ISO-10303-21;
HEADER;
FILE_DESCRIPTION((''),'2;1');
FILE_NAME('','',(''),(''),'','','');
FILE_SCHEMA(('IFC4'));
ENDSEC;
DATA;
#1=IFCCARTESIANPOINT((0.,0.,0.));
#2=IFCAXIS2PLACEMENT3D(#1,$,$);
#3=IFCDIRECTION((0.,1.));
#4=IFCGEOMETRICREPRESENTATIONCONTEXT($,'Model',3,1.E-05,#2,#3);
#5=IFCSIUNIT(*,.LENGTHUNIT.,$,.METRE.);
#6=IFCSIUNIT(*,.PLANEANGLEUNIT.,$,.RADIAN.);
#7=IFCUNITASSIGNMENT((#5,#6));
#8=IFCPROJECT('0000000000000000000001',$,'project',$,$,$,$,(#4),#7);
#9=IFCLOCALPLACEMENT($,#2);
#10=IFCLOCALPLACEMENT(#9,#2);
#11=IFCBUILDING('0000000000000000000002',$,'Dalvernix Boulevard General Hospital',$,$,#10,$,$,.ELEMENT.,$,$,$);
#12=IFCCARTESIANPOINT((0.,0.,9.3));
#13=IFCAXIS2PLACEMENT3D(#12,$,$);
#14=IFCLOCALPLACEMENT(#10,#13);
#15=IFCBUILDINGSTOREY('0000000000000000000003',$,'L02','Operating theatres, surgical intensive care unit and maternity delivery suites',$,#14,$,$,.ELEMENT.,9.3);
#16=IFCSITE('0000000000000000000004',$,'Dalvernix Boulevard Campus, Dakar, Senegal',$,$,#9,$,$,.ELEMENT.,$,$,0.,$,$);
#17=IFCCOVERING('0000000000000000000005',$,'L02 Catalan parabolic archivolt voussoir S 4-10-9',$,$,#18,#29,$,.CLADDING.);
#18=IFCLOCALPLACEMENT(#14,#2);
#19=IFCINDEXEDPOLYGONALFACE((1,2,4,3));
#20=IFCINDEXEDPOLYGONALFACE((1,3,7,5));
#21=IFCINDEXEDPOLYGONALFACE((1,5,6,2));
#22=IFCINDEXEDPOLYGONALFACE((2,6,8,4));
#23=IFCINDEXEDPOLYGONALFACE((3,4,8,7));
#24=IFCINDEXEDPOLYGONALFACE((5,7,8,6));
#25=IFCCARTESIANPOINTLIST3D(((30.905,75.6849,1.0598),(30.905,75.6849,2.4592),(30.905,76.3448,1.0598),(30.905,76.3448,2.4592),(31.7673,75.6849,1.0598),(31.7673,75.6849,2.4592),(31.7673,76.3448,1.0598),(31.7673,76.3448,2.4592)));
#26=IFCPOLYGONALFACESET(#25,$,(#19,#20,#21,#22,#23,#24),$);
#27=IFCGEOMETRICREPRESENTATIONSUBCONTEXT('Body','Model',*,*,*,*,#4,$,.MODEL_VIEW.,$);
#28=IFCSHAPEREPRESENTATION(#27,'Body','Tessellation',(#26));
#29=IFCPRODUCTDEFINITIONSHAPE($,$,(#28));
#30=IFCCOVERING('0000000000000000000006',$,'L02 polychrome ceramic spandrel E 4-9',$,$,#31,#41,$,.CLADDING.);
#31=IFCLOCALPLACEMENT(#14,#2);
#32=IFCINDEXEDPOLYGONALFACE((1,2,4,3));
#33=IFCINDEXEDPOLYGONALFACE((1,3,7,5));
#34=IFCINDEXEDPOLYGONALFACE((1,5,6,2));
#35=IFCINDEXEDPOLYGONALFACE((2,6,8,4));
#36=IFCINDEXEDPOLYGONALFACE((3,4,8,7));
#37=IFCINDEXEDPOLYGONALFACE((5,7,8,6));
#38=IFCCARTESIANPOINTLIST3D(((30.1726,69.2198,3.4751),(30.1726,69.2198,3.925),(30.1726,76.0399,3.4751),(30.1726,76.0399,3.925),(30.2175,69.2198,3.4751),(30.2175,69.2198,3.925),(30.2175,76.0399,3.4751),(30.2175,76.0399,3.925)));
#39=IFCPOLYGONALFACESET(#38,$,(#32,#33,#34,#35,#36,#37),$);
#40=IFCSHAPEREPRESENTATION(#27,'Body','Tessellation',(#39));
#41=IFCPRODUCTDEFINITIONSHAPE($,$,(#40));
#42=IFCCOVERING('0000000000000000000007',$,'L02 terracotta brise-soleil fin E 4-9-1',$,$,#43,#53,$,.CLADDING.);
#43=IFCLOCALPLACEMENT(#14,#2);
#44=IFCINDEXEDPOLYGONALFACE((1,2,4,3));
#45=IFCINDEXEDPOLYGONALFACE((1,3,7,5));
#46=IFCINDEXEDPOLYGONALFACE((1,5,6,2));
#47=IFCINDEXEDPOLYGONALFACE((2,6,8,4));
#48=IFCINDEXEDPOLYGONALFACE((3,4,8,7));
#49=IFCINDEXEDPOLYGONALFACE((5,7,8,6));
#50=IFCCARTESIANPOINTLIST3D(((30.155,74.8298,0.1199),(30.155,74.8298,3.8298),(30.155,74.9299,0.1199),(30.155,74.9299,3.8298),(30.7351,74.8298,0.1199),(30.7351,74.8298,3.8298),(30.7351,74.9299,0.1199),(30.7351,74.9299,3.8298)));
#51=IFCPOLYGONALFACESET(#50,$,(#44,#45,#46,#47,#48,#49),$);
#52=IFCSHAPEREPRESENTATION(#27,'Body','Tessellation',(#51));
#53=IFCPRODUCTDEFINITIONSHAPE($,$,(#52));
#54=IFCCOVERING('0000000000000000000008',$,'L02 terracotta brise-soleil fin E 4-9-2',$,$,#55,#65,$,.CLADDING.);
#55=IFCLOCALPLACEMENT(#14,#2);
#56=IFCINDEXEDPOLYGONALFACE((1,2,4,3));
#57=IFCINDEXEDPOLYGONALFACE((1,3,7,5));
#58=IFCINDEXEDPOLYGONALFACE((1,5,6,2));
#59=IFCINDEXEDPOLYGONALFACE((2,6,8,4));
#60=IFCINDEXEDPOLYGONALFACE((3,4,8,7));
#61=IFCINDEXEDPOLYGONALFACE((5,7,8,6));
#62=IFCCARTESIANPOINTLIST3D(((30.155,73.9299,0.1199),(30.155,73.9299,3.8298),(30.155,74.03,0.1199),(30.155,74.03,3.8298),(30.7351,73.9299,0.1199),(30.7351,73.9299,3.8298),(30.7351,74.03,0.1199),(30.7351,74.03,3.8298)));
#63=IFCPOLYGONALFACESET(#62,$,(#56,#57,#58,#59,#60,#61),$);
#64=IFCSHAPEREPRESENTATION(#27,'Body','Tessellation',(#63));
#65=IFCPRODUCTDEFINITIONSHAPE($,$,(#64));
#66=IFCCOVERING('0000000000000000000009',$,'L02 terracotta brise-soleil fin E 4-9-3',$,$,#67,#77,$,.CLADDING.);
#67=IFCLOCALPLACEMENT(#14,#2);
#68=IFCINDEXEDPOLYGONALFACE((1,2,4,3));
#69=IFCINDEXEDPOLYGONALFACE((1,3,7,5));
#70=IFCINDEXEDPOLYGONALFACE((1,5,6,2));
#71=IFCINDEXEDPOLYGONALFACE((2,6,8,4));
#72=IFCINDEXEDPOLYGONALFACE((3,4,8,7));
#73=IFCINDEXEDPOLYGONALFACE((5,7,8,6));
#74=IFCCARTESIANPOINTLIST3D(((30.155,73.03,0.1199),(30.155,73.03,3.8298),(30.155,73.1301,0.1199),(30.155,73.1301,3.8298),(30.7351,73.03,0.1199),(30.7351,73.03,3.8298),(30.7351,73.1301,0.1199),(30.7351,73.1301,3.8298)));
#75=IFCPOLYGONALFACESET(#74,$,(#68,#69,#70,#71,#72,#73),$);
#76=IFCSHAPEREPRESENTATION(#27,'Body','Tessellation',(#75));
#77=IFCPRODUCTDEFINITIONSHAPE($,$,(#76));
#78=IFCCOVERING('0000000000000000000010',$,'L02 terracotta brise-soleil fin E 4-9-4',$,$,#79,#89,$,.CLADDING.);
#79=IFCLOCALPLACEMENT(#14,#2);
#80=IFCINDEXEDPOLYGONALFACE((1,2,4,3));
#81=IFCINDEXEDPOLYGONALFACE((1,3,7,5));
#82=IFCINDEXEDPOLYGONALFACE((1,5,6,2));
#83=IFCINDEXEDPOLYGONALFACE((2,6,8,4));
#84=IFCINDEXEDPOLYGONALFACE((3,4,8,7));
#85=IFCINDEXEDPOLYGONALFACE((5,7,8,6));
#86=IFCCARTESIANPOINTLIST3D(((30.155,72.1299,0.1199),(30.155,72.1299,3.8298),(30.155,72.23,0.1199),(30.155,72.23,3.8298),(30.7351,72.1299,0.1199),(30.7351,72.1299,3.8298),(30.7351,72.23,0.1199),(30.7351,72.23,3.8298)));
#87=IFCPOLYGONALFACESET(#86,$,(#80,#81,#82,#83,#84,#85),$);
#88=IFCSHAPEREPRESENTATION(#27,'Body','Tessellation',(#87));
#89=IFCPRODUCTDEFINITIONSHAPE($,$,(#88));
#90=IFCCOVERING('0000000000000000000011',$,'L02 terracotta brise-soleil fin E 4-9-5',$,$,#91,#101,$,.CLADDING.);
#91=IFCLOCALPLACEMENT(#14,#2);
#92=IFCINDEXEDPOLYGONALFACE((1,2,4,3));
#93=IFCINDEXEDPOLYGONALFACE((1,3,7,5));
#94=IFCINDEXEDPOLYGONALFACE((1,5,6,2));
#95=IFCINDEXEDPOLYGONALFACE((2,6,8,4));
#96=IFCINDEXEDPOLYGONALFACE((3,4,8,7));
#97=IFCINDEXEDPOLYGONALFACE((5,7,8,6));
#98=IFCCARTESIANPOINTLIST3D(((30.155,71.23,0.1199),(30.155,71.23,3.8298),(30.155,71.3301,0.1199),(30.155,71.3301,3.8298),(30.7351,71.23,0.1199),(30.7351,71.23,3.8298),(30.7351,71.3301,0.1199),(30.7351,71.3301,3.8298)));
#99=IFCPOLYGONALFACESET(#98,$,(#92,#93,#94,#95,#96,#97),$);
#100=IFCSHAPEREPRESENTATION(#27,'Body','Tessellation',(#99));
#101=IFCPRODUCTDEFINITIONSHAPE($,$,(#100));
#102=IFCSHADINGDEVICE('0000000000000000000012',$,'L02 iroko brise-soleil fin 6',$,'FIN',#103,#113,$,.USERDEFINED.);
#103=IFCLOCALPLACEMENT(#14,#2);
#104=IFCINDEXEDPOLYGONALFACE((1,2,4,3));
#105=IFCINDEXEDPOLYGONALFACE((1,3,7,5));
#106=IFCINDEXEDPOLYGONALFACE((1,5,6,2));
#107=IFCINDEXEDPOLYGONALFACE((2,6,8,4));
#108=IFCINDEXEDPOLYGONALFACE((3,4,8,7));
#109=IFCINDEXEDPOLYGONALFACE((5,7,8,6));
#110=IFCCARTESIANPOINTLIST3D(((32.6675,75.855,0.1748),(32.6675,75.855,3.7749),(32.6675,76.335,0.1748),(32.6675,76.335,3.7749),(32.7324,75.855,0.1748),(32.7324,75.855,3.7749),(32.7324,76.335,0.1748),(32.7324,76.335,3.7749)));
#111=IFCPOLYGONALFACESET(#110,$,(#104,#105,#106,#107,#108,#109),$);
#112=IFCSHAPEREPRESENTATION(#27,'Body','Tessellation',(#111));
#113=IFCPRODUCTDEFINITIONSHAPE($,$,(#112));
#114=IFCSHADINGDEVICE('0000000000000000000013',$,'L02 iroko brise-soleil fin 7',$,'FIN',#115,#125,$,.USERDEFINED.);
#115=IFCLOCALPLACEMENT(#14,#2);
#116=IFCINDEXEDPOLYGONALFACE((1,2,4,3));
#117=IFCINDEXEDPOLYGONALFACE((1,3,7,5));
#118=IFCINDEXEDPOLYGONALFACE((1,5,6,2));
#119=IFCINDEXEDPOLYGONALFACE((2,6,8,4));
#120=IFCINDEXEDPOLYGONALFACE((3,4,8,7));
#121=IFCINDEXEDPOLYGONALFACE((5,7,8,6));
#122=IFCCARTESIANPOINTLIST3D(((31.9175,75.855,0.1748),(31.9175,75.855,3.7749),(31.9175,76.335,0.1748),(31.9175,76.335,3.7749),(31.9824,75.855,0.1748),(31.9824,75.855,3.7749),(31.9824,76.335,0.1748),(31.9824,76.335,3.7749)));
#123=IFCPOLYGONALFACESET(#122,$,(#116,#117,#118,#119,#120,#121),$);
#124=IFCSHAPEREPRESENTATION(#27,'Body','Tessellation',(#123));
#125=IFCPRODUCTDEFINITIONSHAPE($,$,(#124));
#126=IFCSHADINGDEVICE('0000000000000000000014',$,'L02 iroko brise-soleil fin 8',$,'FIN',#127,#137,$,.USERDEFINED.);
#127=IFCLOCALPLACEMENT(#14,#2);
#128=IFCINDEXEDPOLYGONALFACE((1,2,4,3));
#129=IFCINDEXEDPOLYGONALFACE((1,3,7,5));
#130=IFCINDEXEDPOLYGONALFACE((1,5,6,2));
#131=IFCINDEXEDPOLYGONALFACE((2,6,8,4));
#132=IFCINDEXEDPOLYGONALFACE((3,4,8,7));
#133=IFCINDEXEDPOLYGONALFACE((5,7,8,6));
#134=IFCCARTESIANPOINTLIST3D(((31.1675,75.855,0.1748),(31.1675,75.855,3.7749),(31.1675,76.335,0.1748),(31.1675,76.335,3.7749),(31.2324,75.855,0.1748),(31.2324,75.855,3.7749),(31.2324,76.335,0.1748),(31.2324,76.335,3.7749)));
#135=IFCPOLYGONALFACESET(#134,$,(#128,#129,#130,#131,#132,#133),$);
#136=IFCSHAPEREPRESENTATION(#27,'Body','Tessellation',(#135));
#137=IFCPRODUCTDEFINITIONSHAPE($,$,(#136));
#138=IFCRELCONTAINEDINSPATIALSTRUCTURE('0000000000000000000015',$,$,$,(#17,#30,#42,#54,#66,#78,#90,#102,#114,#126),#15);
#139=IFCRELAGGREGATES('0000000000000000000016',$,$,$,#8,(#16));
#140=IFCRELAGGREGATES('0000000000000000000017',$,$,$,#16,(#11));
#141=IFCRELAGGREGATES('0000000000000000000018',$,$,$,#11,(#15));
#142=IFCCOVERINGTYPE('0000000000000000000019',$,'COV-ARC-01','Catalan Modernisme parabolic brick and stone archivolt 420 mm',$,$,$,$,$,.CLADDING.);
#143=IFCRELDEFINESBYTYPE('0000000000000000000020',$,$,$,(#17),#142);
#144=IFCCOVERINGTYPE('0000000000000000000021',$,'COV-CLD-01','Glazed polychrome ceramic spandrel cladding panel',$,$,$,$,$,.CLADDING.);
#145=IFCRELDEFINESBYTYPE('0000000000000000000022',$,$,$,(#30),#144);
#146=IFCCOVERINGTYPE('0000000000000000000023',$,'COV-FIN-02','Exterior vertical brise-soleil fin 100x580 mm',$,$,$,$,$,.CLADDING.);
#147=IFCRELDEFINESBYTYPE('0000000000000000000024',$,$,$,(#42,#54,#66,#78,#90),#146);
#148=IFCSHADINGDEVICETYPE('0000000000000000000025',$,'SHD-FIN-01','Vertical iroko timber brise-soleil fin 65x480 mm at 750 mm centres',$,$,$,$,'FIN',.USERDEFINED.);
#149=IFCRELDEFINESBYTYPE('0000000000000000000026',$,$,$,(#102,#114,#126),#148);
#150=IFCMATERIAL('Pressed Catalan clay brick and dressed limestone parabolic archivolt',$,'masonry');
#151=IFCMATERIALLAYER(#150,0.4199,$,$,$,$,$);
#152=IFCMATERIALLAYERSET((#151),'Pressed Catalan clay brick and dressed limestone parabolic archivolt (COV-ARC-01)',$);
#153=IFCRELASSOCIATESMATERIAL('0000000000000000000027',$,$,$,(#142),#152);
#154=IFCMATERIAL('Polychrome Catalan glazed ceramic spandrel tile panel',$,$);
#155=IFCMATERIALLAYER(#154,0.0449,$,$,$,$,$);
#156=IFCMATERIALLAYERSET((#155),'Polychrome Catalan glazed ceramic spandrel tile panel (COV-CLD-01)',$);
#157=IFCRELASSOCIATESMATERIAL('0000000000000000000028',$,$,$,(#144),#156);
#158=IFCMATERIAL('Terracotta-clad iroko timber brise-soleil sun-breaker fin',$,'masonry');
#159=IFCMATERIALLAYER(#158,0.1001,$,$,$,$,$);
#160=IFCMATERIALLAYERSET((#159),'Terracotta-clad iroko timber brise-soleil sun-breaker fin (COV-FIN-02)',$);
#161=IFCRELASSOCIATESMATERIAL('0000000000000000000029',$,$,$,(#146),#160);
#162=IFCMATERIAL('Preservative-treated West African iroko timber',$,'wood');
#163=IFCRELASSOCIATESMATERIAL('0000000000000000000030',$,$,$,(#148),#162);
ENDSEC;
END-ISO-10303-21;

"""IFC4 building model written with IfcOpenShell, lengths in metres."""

from ifc_helpers import new_model, si_unit, direction, frame, origin, origin_2d, place, context, subcontext, project, spatial, rectangle, extrude, material, layer, layer_set, type_object, element, save


model = new_model("IFC4")

# Units and contexts
model_context = context("Model", 3, precision=1e-05, world=origin(), true_north=direction((0.0, 1.0)))
body_context = subcontext(model_context, "Body", "Model", "MODEL_VIEW")
ifc_project = project(units=[si_unit("LENGTHUNIT", "METRE"), si_unit("PLANEANGLEUNIT", "RADIAN")], contexts=[model_context])

# Site, building, storey
site_placement = place(None, origin())
site = spatial("IfcSite", under=ifc_project, at=site_placement, Name="Dalvernix Boulevard Campus, Dakar, Senegal", CompositionType="ELEMENT", RefElevation=0.0)
building_placement = place(site_placement, origin())
building = spatial("IfcBuilding", under=site, at=building_placement, Name="Dalvernix Boulevard General Hospital", CompositionType="ELEMENT")
storey_placement = place(building_placement, frame((0.0, 0.0, 9.3)))
storey = spatial("IfcBuildingStorey", under=building, at=storey_placement, Name="L02", Description="Operating theatres, surgical intensive care unit and maternity delivery suites", CompositionType="ELEMENT", Elevation=9.3)

# Coverings
ifc_material_1 = material(Name="Pressed Catalan clay brick and dressed limestone parabolic archivolt", Category="masonry")
ifc_layer_1 = layer(ifc_material_1, 0.4199)
ifc_layer_set_1 = layer_set([ifc_layer_1], Name="Pressed Catalan clay brick and dressed limestone parabolic archivolt (COV-ARC-01)")
covering_type_1 = type_object("IfcCoveringType", Name="COV-ARC-01", Description="Catalan Modernisme parabolic brick and stone archivolt 420 mm", PredefinedType="CLADDING", material=ifc_layer_set_1)
covering_1_placement = place(storey_placement, frame((31.3362, 76.0149, 1.0598), z_axis=(0.0, 0.0, 1.0), x_axis=(-1.0, 0.0, 0.0)))
element("IfcCovering", 1, at=covering_1_placement, inside=storey, type_object=covering_type_1, Name="L02 Catalan parabolic archivolt voussoir S 4-10-9", PredefinedType="CLADDING", context=body_context, shape_type="SweptSolid", body=[
    extrude(rectangle(XDim=0.8623, YDim=0.6599, at=origin_2d()), origin(), (0.0, 0.0, 1.0), 1.3994),
])
ifc_material_2 = material(Name="Polychrome Catalan glazed ceramic spandrel tile panel")
ifc_layer_2 = layer(ifc_material_2, 0.0449)
ifc_layer_set_2 = layer_set([ifc_layer_2], Name="Polychrome Catalan glazed ceramic spandrel tile panel (COV-CLD-01)")
covering_type_2 = type_object("IfcCoveringType", Name="COV-CLD-01", Description="Glazed polychrome ceramic spandrel cladding panel", PredefinedType="CLADDING", material=ifc_layer_set_2)
covering_2_placement = place(storey_placement, frame((30.1951, 72.6299, 3.4751), z_axis=(0.0, 0.0, 1.0), x_axis=(0.0, -1.0, 0.0)))
element("IfcCovering", 2, at=covering_2_placement, inside=storey, type_object=covering_type_2, Name="L02 polychrome ceramic spandrel E 4-9", PredefinedType="CLADDING", context=body_context, shape_type="SweptSolid", body=[
    extrude(rectangle(XDim=6.8201, YDim=0.0449, at=origin_2d()), origin(), (0.0, 0.0, 1.0), 0.45),
])
ifc_material_3 = material(Name="Terracotta-clad iroko timber brise-soleil sun-breaker fin", Category="masonry")
ifc_layer_3 = layer(ifc_material_3, 0.1001)
ifc_layer_set_3 = layer_set([ifc_layer_3], Name="Terracotta-clad iroko timber brise-soleil sun-breaker fin (COV-FIN-02)")
covering_type_3 = type_object("IfcCoveringType", Name="COV-FIN-02", Description="Exterior vertical brise-soleil fin 100x580 mm", PredefinedType="CLADDING", material=ifc_layer_set_3)
for number, where, z_axis, x_axis, name in (
    (3, (30.4451, 74.8799, 0.1199), (0.0, 0.0, 1.0), (0.0, -1.0, 0.0), "L02 terracotta brise-soleil fin E 4-9-1"),
    (4, (30.4451, 73.98, 0.1199), (0.0, 0.0, 1.0), (0.0, -1.0, 0.0), "L02 terracotta brise-soleil fin E 4-9-2"),
    (5, (30.4451, 73.0801, 0.1199), (0.0, 0.0, 1.0), (0.0, -1.0, 0.0), "L02 terracotta brise-soleil fin E 4-9-3"),
    (6, (30.4451, 72.1799, 0.1199), (0.0, 0.0, 1.0), (0.0, -1.0, 0.0), "L02 terracotta brise-soleil fin E 4-9-4"),
    (7, (30.4451, 71.28, 0.1199), (0.0, 0.0, 1.0), (0.0, -1.0, 0.0), "L02 terracotta brise-soleil fin E 4-9-5"),
):
    element("IfcCovering", number, at=place(storey_placement, frame(where, z_axis=z_axis, x_axis=x_axis)), inside=storey, type_object=covering_type_3, Name=name, PredefinedType="CLADDING", context=body_context, shape_type="SweptSolid", body=[
        extrude(rectangle(XDim=0.1001, YDim=0.5801, at=origin_2d()), origin(), (0.0, 0.0, 1.0), 3.71),
    ])

# Shading devices
ifc_material_4 = material(Name="Preservative-treated West African iroko timber", Category="wood")
shading_device_type = type_object("IfcShadingDeviceType", Name="SHD-FIN-01", Description="Vertical iroko timber brise-soleil fin 65x480 mm at 750 mm centres", ElementType="FIN", PredefinedType="USERDEFINED", material=ifc_material_4)
for number, where, z_axis, x_axis, name in (
    (8, (32.7, 76.095, 0.1748), (0.0, 0.0, 1.0), (-1.0, 0.0, 0.0), "L02 iroko brise-soleil fin 6"),
    (9, (31.95, 76.095, 0.1748), (0.0, 0.0, 1.0), (-1.0, 0.0, 0.0), "L02 iroko brise-soleil fin 7"),
    (10, (31.2, 76.095, 0.1748), (0.0, 0.0, 1.0), (-1.0, 0.0, 0.0), "L02 iroko brise-soleil fin 8"),
):
    element("IfcShadingDevice", number, at=place(storey_placement, frame(where, z_axis=z_axis, x_axis=x_axis)), inside=storey, type_object=shading_device_type, Name=name, ObjectType="FIN", PredefinedType="USERDEFINED", context=body_context, shape_type="SweptSolid", body=[
        extrude(rectangle(XDim=0.0649, YDim=0.48, at=origin_2d()), origin(), (0.0, 0.0, 1.0), 3.6001),
    ])

save(model, "model.ifc")
